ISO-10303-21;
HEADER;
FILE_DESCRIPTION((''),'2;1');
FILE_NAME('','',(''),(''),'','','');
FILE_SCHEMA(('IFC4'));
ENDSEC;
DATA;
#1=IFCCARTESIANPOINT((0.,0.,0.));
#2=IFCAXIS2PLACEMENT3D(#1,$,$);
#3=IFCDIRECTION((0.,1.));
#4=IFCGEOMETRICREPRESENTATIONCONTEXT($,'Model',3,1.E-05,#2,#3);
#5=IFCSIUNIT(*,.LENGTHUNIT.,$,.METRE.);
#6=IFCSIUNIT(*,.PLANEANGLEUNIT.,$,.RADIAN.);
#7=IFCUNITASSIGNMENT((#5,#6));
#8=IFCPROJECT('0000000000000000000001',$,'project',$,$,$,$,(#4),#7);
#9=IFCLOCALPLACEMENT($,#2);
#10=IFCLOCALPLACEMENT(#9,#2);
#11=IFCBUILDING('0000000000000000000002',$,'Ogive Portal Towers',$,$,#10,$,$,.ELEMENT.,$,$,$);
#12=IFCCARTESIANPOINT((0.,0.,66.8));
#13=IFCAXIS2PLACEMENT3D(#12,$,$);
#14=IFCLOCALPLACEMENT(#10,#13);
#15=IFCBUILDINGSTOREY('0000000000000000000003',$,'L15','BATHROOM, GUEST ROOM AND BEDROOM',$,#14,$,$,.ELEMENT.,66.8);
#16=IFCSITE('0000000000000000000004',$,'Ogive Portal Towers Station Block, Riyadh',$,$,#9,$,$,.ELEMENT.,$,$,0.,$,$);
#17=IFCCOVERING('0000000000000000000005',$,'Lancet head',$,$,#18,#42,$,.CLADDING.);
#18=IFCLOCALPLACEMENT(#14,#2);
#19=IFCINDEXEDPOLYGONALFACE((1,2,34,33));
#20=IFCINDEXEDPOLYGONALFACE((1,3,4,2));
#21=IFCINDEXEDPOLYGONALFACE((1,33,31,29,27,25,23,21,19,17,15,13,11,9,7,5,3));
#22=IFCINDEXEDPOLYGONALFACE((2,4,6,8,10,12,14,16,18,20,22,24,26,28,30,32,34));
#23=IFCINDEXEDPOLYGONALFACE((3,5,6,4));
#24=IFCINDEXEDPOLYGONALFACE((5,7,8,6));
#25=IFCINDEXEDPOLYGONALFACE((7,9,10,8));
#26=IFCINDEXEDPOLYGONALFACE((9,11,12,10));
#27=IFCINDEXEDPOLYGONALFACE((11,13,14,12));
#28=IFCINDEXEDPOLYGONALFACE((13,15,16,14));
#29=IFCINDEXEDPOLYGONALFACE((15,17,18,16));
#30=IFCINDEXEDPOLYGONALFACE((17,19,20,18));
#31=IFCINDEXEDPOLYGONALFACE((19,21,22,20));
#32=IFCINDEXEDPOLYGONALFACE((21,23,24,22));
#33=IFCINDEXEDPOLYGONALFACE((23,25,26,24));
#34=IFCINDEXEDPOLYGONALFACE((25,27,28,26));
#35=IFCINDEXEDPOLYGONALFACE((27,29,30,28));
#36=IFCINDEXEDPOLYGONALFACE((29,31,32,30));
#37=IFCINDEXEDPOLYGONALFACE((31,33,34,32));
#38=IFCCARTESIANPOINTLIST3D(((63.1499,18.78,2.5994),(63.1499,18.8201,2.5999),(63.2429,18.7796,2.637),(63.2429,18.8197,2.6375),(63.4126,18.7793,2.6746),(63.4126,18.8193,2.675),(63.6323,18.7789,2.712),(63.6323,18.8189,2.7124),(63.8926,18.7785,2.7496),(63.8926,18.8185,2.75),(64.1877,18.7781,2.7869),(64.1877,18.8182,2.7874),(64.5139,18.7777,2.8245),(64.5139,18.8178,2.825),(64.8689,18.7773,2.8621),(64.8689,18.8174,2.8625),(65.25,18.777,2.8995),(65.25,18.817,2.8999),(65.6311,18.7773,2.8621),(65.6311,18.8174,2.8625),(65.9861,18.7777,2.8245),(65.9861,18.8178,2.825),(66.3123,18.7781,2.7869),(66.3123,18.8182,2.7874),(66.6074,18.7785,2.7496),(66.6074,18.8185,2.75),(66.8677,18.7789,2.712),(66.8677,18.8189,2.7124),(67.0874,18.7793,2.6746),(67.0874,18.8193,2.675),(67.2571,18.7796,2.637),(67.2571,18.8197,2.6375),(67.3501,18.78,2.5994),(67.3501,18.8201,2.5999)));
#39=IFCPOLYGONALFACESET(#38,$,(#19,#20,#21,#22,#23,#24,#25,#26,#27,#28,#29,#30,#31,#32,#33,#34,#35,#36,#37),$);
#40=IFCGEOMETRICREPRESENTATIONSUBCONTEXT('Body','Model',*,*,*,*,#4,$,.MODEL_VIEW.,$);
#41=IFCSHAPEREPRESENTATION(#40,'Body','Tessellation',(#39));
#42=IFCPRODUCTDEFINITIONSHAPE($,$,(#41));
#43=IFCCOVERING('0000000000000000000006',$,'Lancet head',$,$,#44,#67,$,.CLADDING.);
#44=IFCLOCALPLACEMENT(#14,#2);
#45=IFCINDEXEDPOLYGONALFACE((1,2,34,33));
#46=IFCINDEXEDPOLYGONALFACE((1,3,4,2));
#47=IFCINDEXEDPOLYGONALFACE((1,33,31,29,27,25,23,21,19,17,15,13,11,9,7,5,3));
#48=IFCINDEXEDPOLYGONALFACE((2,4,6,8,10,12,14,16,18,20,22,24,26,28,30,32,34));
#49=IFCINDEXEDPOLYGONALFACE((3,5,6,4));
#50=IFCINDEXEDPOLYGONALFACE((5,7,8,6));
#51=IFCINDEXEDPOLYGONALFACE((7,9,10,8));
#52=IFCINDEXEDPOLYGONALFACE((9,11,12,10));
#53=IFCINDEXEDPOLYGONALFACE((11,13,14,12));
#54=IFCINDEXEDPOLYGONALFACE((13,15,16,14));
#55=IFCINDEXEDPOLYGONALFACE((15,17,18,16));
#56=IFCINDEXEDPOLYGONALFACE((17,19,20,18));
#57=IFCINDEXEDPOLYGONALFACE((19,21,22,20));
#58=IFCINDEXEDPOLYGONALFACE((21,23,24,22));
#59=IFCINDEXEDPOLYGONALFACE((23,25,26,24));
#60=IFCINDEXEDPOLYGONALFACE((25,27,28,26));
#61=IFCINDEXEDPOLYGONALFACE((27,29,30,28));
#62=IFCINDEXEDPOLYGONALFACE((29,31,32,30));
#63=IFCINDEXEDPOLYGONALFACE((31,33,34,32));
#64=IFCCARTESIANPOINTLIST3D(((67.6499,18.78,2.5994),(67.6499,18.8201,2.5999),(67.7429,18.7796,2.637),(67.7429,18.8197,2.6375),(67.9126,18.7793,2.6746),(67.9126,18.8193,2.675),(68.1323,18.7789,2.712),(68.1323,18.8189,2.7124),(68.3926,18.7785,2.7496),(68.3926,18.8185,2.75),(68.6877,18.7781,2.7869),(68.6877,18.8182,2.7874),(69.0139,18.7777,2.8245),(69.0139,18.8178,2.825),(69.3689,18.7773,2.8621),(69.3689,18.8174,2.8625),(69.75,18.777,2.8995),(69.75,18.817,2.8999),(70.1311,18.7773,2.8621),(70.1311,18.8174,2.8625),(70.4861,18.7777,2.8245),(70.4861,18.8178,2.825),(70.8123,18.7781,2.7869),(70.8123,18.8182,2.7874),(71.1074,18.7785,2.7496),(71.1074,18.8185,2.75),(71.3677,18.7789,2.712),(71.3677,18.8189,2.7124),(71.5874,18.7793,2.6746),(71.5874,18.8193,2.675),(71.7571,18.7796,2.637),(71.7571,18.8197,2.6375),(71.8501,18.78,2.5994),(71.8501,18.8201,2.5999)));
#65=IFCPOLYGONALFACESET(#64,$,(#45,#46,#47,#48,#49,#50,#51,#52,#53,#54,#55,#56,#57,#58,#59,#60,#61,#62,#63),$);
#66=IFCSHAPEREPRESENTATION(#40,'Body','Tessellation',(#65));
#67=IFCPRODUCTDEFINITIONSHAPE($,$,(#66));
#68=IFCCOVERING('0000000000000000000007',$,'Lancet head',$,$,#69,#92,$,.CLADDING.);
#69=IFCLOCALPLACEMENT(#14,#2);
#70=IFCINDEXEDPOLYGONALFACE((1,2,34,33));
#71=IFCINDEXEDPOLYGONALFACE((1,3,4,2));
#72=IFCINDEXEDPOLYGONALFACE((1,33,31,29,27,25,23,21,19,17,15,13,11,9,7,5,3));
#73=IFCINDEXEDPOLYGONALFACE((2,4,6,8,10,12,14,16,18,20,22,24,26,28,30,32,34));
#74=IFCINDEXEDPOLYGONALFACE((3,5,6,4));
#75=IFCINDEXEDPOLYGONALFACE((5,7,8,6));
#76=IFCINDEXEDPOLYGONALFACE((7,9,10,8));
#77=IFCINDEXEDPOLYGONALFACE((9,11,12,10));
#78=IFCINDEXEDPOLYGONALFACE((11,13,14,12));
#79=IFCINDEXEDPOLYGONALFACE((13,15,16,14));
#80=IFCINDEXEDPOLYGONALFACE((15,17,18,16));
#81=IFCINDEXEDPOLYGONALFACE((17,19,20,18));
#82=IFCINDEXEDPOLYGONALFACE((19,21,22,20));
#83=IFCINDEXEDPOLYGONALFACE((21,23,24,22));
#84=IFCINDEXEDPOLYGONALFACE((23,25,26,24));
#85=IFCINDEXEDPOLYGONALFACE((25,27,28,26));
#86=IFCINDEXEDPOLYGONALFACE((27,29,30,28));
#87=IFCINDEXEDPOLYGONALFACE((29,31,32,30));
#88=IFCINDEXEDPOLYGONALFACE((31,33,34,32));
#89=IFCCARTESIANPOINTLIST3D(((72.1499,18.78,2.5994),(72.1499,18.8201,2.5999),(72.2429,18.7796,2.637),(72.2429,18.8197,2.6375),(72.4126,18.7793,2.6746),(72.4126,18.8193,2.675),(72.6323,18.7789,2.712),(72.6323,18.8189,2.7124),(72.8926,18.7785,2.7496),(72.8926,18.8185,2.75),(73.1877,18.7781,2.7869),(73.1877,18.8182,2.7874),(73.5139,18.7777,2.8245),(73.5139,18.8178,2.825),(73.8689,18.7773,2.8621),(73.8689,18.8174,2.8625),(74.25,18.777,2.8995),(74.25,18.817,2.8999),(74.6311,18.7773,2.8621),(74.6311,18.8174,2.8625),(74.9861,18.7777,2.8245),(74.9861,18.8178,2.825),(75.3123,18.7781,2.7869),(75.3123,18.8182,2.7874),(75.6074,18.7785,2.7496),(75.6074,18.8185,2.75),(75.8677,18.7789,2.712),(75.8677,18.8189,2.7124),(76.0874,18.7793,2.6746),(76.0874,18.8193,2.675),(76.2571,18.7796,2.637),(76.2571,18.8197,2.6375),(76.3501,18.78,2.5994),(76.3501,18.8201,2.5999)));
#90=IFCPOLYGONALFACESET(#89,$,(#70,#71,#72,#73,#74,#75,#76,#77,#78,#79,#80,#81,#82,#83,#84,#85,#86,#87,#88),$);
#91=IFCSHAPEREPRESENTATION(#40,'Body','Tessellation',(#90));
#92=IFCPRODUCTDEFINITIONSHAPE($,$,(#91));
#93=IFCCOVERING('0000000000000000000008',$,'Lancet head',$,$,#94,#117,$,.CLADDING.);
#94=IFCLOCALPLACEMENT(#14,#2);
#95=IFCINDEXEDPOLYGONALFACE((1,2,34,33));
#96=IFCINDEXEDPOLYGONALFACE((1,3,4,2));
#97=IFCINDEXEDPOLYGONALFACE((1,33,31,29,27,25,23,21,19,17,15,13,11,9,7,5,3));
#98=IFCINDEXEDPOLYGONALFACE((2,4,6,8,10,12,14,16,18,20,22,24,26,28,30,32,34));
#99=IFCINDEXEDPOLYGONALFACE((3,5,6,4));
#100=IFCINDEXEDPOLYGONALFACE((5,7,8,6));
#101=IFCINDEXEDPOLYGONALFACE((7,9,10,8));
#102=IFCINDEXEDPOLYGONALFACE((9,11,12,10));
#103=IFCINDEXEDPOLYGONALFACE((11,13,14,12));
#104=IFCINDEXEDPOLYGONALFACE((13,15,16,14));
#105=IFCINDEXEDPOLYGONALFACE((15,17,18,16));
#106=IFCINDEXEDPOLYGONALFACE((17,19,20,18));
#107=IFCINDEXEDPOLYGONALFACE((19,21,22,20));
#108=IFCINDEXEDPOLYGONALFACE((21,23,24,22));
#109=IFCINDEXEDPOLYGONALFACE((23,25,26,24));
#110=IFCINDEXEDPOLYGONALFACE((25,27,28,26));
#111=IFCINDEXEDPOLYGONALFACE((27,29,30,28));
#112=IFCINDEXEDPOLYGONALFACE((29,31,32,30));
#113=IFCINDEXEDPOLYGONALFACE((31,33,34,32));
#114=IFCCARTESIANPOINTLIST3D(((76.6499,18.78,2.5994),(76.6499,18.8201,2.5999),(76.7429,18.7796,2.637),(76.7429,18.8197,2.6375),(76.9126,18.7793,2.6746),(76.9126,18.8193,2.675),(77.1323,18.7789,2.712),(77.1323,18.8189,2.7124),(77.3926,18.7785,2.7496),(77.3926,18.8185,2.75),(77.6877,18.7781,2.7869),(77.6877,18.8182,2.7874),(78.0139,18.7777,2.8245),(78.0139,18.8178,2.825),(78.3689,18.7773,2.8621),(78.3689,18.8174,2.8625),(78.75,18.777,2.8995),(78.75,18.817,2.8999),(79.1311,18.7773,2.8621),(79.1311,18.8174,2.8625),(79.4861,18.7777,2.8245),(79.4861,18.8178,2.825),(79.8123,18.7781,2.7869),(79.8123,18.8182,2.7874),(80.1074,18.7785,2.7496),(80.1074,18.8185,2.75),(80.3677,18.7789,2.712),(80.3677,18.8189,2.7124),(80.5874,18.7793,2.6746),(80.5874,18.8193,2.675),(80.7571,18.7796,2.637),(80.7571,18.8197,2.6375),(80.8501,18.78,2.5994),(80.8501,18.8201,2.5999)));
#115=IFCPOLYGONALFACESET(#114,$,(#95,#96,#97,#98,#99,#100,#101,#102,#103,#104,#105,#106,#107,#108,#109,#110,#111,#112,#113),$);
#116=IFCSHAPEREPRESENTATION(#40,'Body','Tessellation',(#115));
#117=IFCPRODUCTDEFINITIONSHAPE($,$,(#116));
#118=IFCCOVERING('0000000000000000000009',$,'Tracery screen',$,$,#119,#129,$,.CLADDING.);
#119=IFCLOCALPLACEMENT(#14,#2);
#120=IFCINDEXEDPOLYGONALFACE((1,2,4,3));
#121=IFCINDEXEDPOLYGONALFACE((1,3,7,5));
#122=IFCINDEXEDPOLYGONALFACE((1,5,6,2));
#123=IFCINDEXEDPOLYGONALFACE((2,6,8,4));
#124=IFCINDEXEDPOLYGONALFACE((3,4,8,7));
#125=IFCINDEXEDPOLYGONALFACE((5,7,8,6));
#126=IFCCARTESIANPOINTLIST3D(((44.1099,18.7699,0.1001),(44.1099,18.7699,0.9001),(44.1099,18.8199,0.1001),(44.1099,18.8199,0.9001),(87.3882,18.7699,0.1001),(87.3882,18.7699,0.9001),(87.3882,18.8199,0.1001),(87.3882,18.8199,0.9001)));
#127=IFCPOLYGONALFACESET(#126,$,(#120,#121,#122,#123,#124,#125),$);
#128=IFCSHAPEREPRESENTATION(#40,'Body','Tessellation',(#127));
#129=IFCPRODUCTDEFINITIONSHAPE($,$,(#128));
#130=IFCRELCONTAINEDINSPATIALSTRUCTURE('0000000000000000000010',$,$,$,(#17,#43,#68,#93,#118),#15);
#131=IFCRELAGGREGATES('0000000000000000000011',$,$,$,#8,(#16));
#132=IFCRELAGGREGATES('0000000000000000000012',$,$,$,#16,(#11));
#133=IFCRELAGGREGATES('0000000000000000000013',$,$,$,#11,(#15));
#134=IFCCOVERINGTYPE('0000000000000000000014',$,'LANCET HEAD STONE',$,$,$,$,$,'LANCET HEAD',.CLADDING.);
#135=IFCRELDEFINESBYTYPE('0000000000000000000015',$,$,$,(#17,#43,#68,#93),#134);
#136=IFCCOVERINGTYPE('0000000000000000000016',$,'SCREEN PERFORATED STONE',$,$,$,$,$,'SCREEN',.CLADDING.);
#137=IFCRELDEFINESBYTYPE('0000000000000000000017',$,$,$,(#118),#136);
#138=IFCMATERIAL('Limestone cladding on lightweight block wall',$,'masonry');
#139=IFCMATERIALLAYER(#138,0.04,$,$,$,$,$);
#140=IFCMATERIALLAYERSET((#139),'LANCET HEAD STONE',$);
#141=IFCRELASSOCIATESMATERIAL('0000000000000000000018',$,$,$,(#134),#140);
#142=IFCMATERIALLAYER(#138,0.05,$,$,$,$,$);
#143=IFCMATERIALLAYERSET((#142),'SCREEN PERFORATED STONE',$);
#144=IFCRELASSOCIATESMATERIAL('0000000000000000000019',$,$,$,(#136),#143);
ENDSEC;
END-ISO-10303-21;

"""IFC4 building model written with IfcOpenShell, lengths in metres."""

from ifc_helpers import new_model, si_unit, direction, frame, origin, origin_2d, place, context, subcontext, project, spatial, polyline, rectangle, outline, extrude, material, layer, layer_set, type_object, element, save


model = new_model("IFC4")

# Units and contexts
model_context = context("Model", 3, precision=1e-05, world=origin(), true_north=direction((0.0, 1.0)))
body_context = subcontext(model_context, "Body", "Model", "MODEL_VIEW")
ifc_project = project(units=[si_unit("LENGTHUNIT", "METRE"), si_unit("PLANEANGLEUNIT", "RADIAN")], contexts=[model_context])

# Site, building, storey
site_placement = place(None, origin())
site = spatial("IfcSite", under=ifc_project, at=site_placement, Name="Ogive Portal Towers Station Block, Riyadh", CompositionType="ELEMENT", RefElevation=0.0)
building_placement = place(site_placement, origin())
building = spatial("IfcBuilding", under=site, at=building_placement, Name="Ogive Portal Towers", CompositionType="ELEMENT")
storey_placement = place(building_placement, frame((0.0, 0.0, 66.8)))
storey = spatial("IfcBuildingStorey", under=building, at=storey_placement, Name="L15", Description="BATHROOM, GUEST ROOM AND BEDROOM", CompositionType="ELEMENT", Elevation=66.8)

# Coverings
ifc_material_1 = material(Name="Limestone cladding on lightweight block wall", Category="masonry")
ifc_layer_1 = layer(ifc_material_1, 0.04)
ifc_layer_set_1 = layer_set([ifc_layer_1], Name="LANCET HEAD STONE")
covering_type_1 = type_object("IfcCoveringType", Name="LANCET HEAD STONE", ElementType="LANCET HEAD", PredefinedType="CLADDING", material=ifc_layer_set_1)
for number, where, z_axis, x_axis, name in (
    (1, (63.1499, 18.8201, 2.5999), (0.0, 0.999948, 0.010223), (1.0, 0.0, 0.0), "Lancet head"),
    (2, (67.6499, 18.8201, 2.5999), (0.0, 0.999948, 0.010223), (1.0, 0.0, 0.0), "Lancet head"),
    (3, (72.1499, 18.8201, 2.5999), (0.0, 0.999948, 0.010223), (1.0, 0.0, 0.0), "Lancet head"),
    (4, (76.6499, 18.8201, 2.5999), (0.0, 0.999948, 0.010223), (1.0, 0.0, 0.0), "Lancet head"),
):
    element("IfcCovering", number, at=place(storey_placement, frame(where, z_axis=z_axis, x_axis=x_axis)), inside=storey, type_object=covering_type_1, Name=name, PredefinedType="CLADDING", context=body_context, shape_type="SweptSolid", body=[
        extrude(outline(polyline([(0.0, 0.0), (4.2002, 0.0), (4.1072, -0.0376), (3.9375, -0.0752), (3.7178, -0.1126), (3.4575, -0.1502), (3.1624, -0.1875), (2.8362, -0.2251), (2.4812, -0.2627), (2.1001, -0.3001), (1.719, -0.2627), (1.364, -0.2251), (1.0378, -0.1875), (0.7427, -0.1502), (0.4824, -0.1126), (0.2627, -0.0752), (0.093, -0.0376), (0.0, 0.0)])), origin(), (0.0, 0.0, -1.0), 0.04),
    ])
ifc_layer_2 = layer(ifc_material_1, 0.05)
ifc_layer_set_2 = layer_set([ifc_layer_2], Name="SCREEN PERFORATED STONE")
covering_type_2 = type_object("IfcCoveringType", Name="SCREEN PERFORATED STONE", ElementType="SCREEN", PredefinedType="CLADDING", material=ifc_layer_set_2)
covering_placement = place(storey_placement, frame((65.749, 18.7949, 0.1001), z_axis=(0.0, 0.0, 1.0), x_axis=(1.0, 0.0, 0.0)))
element("IfcCovering", 5, at=covering_placement, inside=storey, type_object=covering_type_2, Name="Tracery screen", PredefinedType="CLADDING", context=body_context, shape_type="SweptSolid", body=[
    extrude(rectangle(XDim=43.2783, YDim=0.05, at=origin_2d()), origin(), (0.0, 0.0, 1.0), 0.8),
])

save(model, "model.ifc")
